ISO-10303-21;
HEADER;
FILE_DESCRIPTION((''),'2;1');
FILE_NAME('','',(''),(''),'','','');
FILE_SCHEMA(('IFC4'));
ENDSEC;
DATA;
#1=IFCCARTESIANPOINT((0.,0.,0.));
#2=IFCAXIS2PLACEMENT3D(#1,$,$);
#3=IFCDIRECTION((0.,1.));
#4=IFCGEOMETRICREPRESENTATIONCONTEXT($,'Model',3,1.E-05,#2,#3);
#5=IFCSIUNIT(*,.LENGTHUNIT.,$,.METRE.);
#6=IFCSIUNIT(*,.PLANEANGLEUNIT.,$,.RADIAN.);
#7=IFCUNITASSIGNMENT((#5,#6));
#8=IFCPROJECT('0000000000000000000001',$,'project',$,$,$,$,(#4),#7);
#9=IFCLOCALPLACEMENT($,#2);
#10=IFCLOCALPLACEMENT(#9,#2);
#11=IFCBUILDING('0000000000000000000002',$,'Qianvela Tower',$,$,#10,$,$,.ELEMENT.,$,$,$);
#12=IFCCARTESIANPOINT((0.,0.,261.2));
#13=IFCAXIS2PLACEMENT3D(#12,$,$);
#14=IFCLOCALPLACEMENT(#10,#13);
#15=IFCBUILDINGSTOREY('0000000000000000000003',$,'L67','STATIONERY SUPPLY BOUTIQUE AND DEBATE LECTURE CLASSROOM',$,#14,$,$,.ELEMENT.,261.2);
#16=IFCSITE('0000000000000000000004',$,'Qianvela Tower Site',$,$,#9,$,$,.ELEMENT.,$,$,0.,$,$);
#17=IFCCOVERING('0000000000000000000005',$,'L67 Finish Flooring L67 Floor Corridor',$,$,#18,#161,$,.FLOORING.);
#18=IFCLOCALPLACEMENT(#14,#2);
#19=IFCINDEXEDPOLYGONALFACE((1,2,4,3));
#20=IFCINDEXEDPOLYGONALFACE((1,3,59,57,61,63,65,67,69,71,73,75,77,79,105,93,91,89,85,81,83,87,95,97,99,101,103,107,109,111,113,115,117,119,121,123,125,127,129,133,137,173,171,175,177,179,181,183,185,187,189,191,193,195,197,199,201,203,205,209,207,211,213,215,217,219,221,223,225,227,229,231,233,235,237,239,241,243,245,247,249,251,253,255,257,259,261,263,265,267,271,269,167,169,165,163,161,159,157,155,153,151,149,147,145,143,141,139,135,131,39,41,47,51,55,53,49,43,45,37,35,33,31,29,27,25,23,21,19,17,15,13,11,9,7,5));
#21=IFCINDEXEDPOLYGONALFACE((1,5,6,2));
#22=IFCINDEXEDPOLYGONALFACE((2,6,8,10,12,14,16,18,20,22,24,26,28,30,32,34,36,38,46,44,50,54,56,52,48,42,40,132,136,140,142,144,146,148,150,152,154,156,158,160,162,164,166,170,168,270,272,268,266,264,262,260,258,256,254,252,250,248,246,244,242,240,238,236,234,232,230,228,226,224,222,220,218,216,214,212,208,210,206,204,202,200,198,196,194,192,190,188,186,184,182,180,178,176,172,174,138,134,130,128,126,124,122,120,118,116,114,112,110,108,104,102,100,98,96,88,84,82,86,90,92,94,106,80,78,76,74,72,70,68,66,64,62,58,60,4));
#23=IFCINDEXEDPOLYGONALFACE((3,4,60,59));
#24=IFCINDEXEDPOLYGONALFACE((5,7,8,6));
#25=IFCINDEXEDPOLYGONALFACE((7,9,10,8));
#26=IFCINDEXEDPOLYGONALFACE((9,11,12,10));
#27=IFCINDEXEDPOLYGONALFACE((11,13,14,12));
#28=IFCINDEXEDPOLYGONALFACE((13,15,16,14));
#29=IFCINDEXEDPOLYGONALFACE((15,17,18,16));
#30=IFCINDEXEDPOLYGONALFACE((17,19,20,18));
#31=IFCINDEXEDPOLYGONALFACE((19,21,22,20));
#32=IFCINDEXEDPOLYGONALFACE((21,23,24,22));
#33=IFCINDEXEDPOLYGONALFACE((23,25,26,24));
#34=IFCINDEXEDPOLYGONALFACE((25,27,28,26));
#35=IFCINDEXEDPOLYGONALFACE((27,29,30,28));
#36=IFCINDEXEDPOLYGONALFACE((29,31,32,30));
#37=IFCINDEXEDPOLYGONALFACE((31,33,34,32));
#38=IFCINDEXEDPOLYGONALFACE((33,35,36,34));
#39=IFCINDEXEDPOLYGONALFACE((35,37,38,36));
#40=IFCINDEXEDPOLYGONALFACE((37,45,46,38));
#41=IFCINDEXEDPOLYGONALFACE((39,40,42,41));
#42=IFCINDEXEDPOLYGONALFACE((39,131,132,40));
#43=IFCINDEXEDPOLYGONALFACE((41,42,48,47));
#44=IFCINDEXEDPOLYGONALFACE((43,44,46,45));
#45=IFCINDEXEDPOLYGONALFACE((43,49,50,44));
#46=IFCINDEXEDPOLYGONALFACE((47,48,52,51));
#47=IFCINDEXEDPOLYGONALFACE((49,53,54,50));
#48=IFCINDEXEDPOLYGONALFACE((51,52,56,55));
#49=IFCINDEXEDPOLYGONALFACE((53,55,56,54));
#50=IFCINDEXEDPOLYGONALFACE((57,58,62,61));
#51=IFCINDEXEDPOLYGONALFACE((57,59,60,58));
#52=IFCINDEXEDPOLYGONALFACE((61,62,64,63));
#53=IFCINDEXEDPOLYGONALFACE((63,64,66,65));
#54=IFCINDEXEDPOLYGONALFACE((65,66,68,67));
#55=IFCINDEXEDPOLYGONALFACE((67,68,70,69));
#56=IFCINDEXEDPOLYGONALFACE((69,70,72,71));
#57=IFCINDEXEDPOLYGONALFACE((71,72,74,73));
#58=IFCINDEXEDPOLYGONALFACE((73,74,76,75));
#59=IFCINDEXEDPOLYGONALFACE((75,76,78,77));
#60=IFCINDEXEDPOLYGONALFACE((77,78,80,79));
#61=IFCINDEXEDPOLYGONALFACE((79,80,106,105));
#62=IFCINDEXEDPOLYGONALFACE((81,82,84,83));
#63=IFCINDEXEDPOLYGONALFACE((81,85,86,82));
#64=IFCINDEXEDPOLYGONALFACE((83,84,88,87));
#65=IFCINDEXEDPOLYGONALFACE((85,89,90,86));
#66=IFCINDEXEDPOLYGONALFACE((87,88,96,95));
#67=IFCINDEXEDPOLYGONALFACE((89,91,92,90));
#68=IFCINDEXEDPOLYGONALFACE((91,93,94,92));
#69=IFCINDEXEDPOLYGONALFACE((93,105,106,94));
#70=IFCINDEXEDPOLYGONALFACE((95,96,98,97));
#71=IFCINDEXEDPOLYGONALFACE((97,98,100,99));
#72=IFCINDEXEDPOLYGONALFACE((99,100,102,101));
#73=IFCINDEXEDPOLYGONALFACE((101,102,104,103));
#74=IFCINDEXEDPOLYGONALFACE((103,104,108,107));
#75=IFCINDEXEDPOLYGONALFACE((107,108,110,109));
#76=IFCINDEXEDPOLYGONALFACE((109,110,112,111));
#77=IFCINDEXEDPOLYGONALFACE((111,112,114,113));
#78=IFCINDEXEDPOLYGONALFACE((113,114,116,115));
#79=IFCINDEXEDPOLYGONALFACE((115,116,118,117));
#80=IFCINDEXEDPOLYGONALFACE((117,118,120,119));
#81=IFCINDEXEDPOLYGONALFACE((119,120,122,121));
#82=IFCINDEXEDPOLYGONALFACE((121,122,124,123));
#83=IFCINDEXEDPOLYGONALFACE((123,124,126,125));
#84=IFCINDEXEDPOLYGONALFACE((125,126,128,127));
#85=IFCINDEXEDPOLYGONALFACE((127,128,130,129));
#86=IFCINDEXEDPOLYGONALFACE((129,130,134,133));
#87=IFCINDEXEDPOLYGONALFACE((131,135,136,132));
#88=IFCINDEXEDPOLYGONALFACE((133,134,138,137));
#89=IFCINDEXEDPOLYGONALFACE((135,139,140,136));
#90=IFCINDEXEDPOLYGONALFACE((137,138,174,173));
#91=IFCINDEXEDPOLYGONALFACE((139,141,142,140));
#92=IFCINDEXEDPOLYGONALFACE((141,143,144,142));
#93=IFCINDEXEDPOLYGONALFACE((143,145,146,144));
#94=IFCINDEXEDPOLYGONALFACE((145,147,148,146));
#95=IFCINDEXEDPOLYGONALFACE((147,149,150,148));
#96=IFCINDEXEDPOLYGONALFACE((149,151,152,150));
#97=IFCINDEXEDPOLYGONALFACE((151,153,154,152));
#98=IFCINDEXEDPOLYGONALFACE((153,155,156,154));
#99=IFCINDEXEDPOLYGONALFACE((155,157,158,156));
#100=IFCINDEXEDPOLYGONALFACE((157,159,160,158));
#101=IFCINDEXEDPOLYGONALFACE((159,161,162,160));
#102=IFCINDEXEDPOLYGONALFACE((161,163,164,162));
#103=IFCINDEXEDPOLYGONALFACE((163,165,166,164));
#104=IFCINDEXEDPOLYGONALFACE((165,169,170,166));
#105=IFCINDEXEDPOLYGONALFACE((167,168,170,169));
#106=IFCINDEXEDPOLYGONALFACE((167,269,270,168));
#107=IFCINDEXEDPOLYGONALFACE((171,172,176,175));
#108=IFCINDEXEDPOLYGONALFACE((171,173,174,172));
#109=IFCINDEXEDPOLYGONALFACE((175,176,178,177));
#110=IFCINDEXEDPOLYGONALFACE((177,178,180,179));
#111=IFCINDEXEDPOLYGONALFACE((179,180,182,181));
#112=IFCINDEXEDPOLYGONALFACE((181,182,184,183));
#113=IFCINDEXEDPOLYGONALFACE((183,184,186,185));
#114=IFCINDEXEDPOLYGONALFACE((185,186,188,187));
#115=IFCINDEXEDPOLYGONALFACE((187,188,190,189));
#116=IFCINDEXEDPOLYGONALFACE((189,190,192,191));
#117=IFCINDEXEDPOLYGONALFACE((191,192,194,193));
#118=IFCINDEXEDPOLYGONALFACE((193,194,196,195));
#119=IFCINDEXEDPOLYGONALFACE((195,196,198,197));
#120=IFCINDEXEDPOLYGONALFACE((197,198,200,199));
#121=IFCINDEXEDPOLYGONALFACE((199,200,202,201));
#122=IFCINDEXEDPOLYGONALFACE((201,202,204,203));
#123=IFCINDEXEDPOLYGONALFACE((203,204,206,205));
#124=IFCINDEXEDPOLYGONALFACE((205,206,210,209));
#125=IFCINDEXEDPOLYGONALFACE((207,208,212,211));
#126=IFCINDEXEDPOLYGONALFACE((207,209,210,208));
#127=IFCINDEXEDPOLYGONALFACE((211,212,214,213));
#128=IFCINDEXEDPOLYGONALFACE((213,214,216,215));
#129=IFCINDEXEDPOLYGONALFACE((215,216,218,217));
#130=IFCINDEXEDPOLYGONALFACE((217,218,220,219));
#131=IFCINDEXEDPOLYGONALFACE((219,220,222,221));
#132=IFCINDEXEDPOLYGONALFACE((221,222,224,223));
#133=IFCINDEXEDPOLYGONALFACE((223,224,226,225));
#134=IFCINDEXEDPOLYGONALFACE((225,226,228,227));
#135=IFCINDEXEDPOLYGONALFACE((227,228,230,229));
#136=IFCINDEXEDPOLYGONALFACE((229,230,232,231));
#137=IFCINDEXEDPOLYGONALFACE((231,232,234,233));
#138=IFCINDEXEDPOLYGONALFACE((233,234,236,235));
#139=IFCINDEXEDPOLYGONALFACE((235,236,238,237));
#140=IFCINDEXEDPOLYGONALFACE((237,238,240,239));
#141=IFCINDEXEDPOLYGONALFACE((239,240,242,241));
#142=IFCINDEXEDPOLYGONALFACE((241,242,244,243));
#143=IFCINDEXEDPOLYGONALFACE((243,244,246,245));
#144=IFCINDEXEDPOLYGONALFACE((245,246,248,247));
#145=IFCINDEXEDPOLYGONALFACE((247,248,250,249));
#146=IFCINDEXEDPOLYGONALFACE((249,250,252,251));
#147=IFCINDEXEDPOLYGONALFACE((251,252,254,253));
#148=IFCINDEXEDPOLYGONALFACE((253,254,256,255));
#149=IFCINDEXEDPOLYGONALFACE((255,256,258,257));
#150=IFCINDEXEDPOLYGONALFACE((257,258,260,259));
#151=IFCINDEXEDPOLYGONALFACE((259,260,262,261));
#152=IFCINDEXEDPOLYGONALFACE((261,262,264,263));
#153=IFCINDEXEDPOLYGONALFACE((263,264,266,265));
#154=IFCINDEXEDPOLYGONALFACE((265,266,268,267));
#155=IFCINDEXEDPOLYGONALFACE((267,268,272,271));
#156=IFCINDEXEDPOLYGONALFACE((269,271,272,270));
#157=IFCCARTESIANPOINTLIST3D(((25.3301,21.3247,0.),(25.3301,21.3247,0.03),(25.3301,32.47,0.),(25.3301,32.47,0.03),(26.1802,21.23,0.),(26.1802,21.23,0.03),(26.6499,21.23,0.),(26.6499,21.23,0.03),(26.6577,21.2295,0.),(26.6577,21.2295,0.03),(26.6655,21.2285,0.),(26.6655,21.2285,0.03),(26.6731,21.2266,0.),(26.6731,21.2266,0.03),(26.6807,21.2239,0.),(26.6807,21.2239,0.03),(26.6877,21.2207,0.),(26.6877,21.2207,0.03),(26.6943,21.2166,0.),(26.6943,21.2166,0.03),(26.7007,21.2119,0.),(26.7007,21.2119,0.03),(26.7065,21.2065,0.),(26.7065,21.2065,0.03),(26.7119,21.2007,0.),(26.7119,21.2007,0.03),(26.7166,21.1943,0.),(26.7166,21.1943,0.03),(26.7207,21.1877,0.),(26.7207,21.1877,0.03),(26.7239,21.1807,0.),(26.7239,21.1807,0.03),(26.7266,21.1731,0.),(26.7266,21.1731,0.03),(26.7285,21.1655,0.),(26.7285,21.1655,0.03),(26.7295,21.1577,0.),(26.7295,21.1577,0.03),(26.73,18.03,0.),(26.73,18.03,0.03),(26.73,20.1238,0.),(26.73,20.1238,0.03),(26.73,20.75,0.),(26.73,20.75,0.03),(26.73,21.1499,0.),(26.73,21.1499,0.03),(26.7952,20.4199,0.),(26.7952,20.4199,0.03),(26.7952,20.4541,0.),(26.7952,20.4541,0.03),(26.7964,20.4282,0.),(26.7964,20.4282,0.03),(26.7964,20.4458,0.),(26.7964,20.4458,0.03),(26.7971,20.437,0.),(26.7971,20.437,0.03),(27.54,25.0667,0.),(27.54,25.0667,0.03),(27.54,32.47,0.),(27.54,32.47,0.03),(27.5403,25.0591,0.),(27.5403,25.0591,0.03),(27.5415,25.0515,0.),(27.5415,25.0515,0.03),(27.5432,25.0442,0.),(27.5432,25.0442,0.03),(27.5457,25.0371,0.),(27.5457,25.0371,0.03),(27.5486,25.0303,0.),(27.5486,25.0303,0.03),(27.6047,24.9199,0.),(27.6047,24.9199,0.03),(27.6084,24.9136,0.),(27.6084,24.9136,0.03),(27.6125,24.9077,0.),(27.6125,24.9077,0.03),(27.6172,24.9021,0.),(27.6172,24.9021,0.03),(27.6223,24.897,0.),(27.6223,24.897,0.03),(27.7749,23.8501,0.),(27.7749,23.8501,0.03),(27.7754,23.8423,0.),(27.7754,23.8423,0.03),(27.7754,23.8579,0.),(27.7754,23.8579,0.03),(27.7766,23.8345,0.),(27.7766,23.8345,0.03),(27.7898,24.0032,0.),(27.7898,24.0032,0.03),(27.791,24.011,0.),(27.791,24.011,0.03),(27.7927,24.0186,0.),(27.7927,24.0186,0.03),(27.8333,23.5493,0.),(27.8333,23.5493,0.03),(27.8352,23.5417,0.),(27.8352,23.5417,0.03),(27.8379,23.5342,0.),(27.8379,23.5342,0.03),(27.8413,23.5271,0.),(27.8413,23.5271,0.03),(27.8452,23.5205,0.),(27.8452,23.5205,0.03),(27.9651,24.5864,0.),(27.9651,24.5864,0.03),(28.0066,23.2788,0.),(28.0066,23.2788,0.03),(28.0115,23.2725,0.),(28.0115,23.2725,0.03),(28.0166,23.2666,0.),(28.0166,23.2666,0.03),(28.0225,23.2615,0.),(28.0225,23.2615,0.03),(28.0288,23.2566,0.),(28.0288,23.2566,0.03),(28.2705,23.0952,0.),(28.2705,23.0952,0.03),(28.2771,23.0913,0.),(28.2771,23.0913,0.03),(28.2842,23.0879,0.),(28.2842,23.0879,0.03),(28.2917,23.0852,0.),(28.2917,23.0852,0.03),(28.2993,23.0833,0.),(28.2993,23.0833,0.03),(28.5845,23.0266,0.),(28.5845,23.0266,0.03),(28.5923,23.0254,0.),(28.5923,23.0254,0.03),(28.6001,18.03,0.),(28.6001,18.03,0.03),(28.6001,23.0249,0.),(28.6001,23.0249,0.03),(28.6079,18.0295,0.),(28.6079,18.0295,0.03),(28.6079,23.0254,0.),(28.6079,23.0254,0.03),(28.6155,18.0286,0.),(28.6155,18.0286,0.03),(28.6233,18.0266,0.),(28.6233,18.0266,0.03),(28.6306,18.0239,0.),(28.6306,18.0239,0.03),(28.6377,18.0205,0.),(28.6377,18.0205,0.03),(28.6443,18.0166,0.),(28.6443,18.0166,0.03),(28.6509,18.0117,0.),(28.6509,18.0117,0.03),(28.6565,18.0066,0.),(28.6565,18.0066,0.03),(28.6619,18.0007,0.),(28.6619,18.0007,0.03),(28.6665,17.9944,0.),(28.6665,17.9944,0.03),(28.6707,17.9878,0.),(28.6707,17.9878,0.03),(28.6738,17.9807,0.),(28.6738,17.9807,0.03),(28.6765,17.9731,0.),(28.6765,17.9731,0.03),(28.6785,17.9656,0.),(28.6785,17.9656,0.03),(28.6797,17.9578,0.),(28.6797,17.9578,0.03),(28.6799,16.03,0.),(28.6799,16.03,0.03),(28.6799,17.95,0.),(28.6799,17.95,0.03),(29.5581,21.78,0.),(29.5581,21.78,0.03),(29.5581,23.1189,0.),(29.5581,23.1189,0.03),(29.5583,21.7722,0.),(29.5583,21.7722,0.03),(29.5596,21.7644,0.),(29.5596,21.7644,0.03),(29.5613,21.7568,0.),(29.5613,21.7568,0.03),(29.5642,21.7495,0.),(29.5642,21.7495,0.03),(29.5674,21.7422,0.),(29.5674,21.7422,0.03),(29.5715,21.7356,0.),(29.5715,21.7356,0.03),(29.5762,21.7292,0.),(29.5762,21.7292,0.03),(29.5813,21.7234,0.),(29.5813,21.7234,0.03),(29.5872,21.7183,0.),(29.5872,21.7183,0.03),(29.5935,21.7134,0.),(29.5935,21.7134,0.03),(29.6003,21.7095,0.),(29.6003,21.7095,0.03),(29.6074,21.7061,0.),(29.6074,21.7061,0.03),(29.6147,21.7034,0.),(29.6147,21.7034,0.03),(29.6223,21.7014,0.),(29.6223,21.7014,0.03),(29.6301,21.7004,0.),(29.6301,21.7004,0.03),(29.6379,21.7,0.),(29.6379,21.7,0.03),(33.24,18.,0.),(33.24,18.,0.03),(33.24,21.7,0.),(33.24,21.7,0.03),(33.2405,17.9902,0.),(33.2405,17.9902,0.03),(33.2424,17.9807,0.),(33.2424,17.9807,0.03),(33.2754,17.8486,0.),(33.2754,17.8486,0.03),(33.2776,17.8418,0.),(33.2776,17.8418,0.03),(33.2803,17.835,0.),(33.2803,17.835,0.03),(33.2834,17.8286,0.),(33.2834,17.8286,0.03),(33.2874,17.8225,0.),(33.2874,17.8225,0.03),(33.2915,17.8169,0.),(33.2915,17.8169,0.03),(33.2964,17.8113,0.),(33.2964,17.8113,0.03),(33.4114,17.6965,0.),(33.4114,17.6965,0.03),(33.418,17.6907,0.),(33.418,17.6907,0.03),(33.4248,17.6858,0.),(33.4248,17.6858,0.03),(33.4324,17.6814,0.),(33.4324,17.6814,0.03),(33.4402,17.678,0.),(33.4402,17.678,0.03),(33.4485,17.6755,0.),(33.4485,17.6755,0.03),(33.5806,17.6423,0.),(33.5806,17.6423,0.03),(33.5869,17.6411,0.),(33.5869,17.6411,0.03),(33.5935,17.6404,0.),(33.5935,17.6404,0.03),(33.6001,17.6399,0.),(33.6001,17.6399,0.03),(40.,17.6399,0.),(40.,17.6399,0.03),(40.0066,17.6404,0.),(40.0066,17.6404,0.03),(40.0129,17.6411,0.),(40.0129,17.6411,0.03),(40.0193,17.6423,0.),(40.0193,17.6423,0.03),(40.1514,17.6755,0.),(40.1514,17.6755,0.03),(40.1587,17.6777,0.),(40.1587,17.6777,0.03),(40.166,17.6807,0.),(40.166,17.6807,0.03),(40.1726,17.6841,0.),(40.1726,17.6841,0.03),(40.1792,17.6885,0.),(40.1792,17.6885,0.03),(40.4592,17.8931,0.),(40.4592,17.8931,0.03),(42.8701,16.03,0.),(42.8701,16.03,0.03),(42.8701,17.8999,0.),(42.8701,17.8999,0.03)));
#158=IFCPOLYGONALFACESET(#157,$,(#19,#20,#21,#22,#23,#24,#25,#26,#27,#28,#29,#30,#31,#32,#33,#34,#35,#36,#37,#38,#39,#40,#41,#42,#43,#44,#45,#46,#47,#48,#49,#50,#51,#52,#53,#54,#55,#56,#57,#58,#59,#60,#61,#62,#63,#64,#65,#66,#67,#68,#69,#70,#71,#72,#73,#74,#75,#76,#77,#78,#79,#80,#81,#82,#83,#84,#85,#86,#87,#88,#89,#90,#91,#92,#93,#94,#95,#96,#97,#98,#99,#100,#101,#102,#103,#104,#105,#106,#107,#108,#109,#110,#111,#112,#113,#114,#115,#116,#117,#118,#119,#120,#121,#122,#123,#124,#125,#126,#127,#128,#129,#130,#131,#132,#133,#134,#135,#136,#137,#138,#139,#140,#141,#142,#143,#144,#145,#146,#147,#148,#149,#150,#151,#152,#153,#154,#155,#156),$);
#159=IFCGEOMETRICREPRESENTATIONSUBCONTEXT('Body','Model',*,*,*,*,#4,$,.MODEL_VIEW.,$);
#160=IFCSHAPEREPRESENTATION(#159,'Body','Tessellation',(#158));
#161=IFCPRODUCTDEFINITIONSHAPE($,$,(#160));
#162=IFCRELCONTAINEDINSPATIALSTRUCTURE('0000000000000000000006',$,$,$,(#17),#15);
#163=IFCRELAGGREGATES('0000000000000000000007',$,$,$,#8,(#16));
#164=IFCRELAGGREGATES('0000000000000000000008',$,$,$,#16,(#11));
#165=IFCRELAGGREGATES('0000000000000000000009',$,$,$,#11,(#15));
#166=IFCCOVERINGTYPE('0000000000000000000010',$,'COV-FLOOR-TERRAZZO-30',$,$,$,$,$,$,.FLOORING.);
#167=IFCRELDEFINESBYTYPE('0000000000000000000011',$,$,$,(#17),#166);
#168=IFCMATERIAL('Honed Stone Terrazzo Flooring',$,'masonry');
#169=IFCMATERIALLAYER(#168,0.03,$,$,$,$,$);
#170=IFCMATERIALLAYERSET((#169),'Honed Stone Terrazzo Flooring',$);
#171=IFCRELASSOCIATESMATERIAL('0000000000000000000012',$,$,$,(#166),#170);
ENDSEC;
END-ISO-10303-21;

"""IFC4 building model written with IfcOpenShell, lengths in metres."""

from ifc_helpers import new_model, si_unit, direction, frame, origin, place, context, subcontext, project, spatial, polyline, outline, extrude, material, layer, layer_set, type_object, element, save


model = new_model("IFC4")

# Units and contexts
model_context = context("Model", 3, precision=1e-05, world=origin(), true_north=direction((0.0, 1.0)))
body_context = subcontext(model_context, "Body", "Model", "MODEL_VIEW")
ifc_project = project(units=[si_unit("LENGTHUNIT", "METRE"), si_unit("PLANEANGLEUNIT", "RADIAN")], contexts=[model_context])

# Site, building, storey
site_placement = place(None, origin())
site = spatial("IfcSite", under=ifc_project, at=site_placement, Name="Qianvela Tower Site", CompositionType="ELEMENT", RefElevation=0.0)
building_placement = place(site_placement, origin())
building = spatial("IfcBuilding", under=site, at=building_placement, Name="Qianvela Tower", CompositionType="ELEMENT")
storey_placement = place(building_placement, frame((0.0, 0.0, 261.2)))
storey = spatial("IfcBuildingStorey", under=building, at=storey_placement, Name="L67", Description="STATIONERY SUPPLY BOUTIQUE AND DEBATE LECTURE CLASSROOM", CompositionType="ELEMENT", Elevation=261.2)

# Covering
ifc_material_1 = material(Name="Honed Stone Terrazzo Flooring", Category="masonry")
ifc_layer_1 = layer(ifc_material_1, 0.03)
ifc_layer_set_1 = layer_set([ifc_layer_1], Name="Honed Stone Terrazzo Flooring")
covering_type_1 = type_object("IfcCoveringType", Name="COV-FLOOR-TERRAZZO-30", PredefinedType="FLOORING", material=ifc_layer_set_1)
covering_1_placement = place(storey_placement, origin())
element("IfcCovering", 1, at=covering_1_placement, inside=storey, type_object=covering_type_1, Name="L67 Finish Flooring L67 Floor Corridor", PredefinedType="FLOORING", context=body_context, shape_type="SweptSolid", body=[
    extrude(outline(polyline([(27.7927, 24.0186), (27.791, 24.011), (27.7898, 24.0032), (27.7754, 23.8579), (27.7749, 23.8501), (27.7754, 23.8423), (27.7766, 23.8345), (27.8333, 23.5493), (27.8352, 23.5417), (27.8379, 23.5342), (27.8413, 23.5271), (27.8452, 23.5205), (28.0066, 23.2788), (28.0115, 23.2725), (28.0166, 23.2666), (28.0225, 23.2615), (28.0288, 23.2566), (28.2705, 23.0952), (28.2771, 23.0913), (28.2842, 23.0879), (28.2917, 23.0852), (28.2993, 23.0833), (28.5845, 23.0266), (28.5923, 23.0254), (28.6001, 23.0249), (28.6079, 23.0254), (29.5581, 23.1189), (29.5581, 21.78), (29.5583, 21.7722), (29.5596, 21.7644), (29.5613, 21.7568), (29.5642, 21.7495), (29.5674, 21.7422), (29.5715, 21.7356), (29.5762, 21.7292), (29.5813, 21.7234), (29.5872, 21.7183), (29.5935, 21.7134), (29.6003, 21.7095), (29.6074, 21.7061), (29.6147, 21.7034), (29.6223, 21.7014), (29.6301, 21.7004), (29.6379, 21.7), (33.24, 21.7), (33.24, 18.0), (33.2405, 17.9902), (33.2424, 17.9807), (33.2754, 17.8486), (33.2776, 17.8418), (33.2803, 17.835), (33.2834, 17.8286), (33.2874, 17.8225), (33.2915, 17.8169), (33.2964, 17.8113), (33.4114, 17.6965), (33.418, 17.6907), (33.4248, 17.6858), (33.4324, 17.6814), (33.4402, 17.678), (33.4485, 17.6755), (33.5806, 17.6423), (33.5869, 17.6411), (33.5935, 17.6404), (33.6001, 17.6399), (40.0, 17.6399), (40.0066, 17.6404), (40.0129, 17.6411), (40.0193, 17.6423), (40.1514, 17.6755), (40.1587, 17.6777), (40.166, 17.6807), (40.1726, 17.6841), (40.1792, 17.6885), (40.4592, 17.8931), (42.8701, 17.8999), (42.8701, 16.03), (28.6799, 16.03), (28.6799, 17.95), (28.6797, 17.9578), (28.6785, 17.9656), (28.6765, 17.9731), (28.6738, 17.9807), (28.6707, 17.9878), (28.6665, 17.9944), (28.6619, 18.0007), (28.6565, 18.0066), (28.6509, 18.0117), (28.6443, 18.0166), (28.6377, 18.0205), (28.6306, 18.0239), (28.6233, 18.0266), (28.6155, 18.0286), (28.6079, 18.0295), (28.6001, 18.03), (26.73, 18.03), (26.73, 20.1238), (26.7952, 20.4199), (26.7964, 20.4282), (26.7971, 20.437), (26.7964, 20.4458), (26.7952, 20.4541), (26.73, 20.75), (26.73, 21.1499), (26.7295, 21.1577), (26.7285, 21.1655), (26.7266, 21.1731), (26.7239, 21.1807), (26.7207, 21.1877), (26.7166, 21.1943), (26.7119, 21.2007), (26.7065, 21.2065), (26.7007, 21.2119), (26.6943, 21.2166), (26.6877, 21.2207), (26.6807, 21.2239), (26.6731, 21.2266), (26.6655, 21.2285), (26.6577, 21.2295), (26.6499, 21.23), (26.1802, 21.23), (25.3301, 21.3247), (25.3301, 32.47), (27.54, 32.47), (27.54, 25.0667), (27.5403, 25.0591), (27.5415, 25.0515), (27.5432, 25.0442), (27.5457, 25.0371), (27.5486, 25.0303), (27.6047, 24.9199), (27.6084, 24.9136), (27.6125, 24.9077), (27.6172, 24.9021), (27.6223, 24.897), (27.9651, 24.5864), (27.7927, 24.0186)])), origin(), (0.0, 0.0, 1.0), 0.03),
])

save(model, "model.ifc")
